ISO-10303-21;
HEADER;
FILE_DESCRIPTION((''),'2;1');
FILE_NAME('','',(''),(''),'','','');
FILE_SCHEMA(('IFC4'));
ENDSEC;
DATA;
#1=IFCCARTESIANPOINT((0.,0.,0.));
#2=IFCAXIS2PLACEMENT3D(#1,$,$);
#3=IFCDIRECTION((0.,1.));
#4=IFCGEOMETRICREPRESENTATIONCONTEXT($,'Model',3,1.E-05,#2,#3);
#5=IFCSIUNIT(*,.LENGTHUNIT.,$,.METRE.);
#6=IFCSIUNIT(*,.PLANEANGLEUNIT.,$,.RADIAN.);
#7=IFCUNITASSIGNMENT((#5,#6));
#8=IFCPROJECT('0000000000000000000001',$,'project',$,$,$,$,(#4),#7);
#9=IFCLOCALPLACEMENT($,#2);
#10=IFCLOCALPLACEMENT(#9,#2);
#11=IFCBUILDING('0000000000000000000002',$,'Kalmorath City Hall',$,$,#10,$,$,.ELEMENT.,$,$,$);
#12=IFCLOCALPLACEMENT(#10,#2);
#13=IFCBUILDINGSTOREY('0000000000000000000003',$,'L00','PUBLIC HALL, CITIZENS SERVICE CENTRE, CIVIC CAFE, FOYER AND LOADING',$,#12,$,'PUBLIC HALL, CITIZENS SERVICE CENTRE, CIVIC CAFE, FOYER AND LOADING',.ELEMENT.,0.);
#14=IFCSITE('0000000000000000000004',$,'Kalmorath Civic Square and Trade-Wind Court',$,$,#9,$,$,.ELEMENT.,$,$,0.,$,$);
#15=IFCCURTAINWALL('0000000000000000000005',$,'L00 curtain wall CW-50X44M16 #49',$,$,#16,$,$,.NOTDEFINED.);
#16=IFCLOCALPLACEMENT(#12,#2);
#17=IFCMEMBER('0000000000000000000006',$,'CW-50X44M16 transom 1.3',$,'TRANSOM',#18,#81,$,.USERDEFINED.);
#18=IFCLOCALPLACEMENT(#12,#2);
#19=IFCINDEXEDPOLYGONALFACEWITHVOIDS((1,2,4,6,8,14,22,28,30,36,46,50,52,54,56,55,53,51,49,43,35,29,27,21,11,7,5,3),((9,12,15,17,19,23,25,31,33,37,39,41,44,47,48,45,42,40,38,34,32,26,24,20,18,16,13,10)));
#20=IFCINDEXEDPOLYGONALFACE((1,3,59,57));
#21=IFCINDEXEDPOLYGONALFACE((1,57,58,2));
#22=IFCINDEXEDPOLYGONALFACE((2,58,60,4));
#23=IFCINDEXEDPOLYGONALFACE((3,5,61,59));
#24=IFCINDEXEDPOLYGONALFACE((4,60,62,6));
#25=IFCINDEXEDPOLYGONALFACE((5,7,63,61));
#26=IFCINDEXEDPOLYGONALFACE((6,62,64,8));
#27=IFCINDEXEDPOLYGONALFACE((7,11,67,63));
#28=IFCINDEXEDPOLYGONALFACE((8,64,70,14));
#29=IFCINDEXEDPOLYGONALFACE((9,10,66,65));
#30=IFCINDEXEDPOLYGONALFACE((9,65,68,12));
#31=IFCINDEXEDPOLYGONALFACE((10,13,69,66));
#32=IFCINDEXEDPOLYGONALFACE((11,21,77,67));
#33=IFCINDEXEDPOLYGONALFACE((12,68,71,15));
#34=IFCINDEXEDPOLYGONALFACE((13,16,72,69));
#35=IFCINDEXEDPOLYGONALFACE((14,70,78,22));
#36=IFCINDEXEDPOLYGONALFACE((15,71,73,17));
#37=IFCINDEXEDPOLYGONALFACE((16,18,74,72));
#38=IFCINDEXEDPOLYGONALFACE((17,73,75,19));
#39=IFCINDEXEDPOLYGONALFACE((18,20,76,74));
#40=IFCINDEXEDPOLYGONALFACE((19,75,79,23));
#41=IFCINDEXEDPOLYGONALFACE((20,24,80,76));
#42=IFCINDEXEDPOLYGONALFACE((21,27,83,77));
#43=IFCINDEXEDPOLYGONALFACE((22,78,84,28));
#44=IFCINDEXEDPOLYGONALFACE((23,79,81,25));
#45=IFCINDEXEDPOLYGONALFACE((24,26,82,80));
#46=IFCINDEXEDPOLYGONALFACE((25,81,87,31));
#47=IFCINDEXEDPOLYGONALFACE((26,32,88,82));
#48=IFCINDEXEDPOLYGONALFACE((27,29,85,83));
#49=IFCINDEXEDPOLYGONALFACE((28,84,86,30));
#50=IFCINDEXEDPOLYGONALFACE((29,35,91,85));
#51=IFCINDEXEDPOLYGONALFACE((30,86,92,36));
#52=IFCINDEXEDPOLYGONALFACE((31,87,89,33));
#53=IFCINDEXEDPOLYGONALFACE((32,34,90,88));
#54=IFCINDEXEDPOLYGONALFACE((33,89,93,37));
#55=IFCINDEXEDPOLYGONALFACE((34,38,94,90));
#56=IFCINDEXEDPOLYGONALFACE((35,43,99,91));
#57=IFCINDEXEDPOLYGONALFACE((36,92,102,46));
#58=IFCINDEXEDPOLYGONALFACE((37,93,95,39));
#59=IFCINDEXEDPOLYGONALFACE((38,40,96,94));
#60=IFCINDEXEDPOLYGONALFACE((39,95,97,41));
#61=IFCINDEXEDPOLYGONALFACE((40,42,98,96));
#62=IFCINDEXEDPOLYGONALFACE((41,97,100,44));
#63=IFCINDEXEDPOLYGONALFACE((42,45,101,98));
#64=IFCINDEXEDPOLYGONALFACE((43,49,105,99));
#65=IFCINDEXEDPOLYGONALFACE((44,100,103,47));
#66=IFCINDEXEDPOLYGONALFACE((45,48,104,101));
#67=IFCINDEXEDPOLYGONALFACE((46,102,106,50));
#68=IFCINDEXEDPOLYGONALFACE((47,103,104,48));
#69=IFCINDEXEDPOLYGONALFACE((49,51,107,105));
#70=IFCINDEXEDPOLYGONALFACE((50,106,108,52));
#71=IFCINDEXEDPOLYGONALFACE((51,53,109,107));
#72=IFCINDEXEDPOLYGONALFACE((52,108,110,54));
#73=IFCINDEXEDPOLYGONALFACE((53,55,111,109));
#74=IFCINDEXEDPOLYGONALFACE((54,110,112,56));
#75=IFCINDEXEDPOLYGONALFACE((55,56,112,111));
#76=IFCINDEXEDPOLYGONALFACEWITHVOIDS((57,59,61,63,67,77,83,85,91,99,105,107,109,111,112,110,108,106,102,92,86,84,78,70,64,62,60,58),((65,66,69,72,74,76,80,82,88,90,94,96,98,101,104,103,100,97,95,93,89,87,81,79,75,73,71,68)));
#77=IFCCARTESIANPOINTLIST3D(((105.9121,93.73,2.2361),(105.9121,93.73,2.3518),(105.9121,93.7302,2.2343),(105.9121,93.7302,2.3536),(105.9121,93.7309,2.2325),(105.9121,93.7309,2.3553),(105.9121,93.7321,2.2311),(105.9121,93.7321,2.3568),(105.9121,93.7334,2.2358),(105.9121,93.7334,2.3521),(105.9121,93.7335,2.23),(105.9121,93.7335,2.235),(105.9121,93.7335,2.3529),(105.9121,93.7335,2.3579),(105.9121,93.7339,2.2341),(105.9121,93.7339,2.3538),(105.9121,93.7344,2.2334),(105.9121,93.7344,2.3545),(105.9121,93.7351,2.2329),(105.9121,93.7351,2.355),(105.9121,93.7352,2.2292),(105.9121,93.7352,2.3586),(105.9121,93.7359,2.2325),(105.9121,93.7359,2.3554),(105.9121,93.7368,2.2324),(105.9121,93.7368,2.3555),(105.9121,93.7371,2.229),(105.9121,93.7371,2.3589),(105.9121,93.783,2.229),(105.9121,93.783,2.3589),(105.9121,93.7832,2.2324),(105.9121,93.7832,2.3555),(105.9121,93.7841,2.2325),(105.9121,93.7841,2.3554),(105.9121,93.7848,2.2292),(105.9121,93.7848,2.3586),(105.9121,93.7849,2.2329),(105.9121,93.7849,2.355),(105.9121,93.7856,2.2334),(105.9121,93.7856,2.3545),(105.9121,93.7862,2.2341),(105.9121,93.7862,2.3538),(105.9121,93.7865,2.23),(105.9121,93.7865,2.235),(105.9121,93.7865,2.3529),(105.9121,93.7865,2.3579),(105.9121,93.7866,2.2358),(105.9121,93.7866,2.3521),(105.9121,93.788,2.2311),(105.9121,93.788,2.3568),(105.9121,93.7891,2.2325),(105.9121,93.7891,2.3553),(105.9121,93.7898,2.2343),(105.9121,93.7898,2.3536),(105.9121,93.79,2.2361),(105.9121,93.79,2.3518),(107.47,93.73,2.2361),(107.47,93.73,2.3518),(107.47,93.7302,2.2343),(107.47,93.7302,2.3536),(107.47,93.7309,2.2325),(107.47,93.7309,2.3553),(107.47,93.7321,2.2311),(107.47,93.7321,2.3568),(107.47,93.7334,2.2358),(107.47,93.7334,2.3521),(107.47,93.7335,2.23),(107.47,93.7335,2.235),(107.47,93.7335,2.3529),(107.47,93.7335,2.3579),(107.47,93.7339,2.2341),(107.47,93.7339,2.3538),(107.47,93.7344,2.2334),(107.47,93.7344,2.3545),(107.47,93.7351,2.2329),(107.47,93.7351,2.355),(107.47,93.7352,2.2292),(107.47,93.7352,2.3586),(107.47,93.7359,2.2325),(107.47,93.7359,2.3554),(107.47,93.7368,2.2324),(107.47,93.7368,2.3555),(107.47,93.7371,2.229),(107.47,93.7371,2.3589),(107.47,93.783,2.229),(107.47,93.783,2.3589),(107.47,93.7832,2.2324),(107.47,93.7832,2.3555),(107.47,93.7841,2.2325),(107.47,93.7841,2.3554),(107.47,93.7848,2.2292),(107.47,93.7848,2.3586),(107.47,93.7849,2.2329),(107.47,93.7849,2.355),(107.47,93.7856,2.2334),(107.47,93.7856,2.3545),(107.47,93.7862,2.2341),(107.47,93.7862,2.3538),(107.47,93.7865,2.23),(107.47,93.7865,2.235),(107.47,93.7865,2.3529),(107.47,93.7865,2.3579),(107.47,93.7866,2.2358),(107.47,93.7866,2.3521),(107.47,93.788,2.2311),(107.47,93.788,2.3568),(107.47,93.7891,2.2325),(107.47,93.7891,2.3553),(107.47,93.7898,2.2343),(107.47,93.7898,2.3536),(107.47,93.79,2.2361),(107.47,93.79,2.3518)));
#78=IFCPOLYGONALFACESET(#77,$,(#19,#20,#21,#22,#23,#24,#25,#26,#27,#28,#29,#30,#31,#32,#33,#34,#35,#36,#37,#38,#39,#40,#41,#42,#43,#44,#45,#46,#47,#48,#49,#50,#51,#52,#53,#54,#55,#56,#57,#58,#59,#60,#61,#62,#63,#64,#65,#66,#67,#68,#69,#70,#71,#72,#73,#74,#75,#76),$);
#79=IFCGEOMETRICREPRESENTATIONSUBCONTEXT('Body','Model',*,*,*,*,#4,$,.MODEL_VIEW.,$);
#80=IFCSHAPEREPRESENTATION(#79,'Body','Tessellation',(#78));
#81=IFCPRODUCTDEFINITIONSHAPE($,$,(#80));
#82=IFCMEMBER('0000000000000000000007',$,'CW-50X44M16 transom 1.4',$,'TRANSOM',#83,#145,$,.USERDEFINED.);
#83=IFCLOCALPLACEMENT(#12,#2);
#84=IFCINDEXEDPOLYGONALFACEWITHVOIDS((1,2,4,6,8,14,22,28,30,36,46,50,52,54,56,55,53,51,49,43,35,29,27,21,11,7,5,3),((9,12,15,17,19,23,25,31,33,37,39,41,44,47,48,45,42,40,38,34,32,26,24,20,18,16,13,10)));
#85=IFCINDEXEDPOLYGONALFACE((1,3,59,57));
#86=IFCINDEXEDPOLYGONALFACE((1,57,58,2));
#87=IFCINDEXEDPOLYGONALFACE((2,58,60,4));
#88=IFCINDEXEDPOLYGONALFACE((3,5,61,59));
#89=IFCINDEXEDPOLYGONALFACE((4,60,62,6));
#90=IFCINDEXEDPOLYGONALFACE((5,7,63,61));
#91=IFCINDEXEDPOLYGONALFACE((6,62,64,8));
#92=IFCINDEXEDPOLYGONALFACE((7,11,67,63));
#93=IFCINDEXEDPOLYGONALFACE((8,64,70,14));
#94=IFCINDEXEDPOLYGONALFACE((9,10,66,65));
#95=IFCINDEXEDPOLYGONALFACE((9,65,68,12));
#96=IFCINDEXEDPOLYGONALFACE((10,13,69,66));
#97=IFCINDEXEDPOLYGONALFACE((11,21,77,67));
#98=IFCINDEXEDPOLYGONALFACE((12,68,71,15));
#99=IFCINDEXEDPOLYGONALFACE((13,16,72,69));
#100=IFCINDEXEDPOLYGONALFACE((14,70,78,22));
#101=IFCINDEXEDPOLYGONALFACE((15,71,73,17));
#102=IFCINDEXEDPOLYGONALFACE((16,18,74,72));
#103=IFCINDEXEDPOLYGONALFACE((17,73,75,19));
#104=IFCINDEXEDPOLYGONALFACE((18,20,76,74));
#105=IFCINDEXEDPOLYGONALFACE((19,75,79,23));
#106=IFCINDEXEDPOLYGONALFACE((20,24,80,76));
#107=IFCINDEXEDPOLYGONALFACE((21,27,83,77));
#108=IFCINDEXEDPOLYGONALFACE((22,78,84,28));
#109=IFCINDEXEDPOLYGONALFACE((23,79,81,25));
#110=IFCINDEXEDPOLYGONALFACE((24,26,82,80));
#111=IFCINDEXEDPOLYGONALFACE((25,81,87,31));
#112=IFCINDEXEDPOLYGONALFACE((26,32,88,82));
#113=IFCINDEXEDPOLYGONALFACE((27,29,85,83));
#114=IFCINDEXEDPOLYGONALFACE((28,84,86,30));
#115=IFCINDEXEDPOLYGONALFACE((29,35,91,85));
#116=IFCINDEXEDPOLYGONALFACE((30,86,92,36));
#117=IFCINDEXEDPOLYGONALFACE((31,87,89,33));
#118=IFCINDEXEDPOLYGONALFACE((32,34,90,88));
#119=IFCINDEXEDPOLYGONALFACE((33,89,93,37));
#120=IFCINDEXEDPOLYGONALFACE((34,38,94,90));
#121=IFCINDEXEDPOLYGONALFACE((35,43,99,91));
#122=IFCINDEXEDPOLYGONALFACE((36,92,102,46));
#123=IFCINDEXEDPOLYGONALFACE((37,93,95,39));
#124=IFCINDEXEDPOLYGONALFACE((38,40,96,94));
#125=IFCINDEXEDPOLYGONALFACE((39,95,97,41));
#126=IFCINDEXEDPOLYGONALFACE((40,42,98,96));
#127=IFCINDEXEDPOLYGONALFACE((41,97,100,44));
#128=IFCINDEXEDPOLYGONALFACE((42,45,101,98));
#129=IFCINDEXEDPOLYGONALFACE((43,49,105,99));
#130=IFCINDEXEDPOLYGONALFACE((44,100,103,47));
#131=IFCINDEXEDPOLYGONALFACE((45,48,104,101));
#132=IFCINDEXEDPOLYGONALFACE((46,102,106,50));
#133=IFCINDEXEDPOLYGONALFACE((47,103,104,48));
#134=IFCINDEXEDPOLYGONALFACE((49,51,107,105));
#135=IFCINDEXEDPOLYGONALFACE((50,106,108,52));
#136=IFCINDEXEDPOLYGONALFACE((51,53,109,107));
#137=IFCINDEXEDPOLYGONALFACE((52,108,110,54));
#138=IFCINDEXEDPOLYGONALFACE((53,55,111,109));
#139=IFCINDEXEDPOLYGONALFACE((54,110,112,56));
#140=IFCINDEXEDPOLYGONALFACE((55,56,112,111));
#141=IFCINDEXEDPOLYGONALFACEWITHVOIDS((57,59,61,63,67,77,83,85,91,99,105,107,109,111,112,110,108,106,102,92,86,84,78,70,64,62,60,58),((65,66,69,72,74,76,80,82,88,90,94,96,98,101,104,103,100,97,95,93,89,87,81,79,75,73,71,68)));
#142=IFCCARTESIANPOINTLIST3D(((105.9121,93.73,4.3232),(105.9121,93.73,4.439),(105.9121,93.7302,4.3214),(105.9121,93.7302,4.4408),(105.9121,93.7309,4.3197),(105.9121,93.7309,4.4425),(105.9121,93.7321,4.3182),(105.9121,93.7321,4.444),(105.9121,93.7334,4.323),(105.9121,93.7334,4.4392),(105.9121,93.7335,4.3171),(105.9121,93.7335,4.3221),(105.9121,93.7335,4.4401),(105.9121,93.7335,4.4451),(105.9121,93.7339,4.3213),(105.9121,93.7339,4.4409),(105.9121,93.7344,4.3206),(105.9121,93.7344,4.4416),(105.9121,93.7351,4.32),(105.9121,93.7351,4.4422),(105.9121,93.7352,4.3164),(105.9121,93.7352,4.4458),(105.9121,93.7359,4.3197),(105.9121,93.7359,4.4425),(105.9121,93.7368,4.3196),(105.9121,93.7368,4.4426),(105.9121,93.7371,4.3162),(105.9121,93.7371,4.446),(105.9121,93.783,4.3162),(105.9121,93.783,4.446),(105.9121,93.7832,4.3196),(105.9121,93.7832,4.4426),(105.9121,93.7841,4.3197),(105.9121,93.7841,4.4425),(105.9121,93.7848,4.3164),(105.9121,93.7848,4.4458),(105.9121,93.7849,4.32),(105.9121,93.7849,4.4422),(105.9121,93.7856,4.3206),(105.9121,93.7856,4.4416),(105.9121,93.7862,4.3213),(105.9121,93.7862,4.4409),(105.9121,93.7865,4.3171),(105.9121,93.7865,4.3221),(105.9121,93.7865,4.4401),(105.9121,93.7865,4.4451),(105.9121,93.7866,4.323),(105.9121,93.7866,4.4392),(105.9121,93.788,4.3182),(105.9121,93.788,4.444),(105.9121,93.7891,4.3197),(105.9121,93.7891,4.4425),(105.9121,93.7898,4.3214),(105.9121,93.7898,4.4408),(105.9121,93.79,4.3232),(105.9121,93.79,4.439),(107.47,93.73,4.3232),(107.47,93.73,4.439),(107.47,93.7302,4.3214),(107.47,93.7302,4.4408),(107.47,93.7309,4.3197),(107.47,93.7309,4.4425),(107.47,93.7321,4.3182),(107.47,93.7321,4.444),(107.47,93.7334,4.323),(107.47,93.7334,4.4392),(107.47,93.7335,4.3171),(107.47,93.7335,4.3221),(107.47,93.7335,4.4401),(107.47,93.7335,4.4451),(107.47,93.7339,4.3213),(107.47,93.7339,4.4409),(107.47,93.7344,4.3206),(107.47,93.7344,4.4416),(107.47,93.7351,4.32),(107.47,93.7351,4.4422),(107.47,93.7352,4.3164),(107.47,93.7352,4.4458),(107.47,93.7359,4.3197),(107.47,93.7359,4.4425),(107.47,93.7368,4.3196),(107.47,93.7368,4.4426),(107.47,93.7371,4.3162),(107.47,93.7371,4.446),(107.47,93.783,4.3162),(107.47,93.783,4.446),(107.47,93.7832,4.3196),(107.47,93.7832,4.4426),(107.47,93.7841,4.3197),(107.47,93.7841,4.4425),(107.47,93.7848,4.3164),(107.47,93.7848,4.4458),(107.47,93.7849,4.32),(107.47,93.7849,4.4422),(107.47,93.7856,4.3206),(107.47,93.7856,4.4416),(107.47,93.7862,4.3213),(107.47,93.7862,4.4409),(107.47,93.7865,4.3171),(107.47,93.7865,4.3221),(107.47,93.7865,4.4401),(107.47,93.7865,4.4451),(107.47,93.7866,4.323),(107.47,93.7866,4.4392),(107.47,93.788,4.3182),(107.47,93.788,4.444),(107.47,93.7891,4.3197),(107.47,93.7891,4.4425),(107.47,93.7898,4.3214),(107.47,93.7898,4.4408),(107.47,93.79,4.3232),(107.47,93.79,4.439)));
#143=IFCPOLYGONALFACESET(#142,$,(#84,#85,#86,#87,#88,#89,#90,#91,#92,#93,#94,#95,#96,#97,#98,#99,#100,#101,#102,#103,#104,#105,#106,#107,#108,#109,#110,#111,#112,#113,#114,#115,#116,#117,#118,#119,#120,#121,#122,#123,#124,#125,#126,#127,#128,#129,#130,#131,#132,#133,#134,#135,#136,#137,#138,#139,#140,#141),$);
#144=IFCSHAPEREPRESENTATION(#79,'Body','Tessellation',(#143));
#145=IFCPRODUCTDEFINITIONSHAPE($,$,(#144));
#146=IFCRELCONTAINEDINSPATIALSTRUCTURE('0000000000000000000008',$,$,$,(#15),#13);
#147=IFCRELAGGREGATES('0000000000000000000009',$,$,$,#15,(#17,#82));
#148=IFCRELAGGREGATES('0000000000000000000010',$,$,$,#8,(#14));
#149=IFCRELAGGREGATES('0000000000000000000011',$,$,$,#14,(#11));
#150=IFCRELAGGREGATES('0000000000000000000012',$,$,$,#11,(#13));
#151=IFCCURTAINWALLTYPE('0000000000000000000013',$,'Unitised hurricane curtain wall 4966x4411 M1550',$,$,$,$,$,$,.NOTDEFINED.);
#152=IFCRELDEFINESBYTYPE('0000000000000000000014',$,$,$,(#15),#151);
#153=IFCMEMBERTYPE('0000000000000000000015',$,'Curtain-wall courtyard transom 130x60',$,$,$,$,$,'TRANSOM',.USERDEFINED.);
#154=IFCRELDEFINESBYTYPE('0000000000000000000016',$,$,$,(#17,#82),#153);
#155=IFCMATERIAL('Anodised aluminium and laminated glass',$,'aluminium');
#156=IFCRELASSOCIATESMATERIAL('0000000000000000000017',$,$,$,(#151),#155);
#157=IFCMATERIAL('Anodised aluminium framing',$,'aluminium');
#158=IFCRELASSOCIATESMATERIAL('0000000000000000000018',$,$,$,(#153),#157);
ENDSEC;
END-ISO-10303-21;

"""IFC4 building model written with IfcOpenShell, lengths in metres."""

from ifc_helpers import new_model, si_unit, direction, frame, origin, origin_2d, place, context, subcontext, project, spatial, hollow_rectangle, extrude, material, material_profile, profile_set, type_object, element, aggregate, save


model = new_model("IFC4")

# Units and contexts
model_context = context("Model", 3, precision=1e-05, world=origin(), true_north=direction((0.0, 1.0)))
body_context = subcontext(model_context, "Body", "Model", "MODEL_VIEW")
ifc_project = project(units=[si_unit("LENGTHUNIT", "METRE"), si_unit("PLANEANGLEUNIT", "RADIAN")], contexts=[model_context])

# Site, building, storey
site_placement = place(None, origin())
site = spatial("IfcSite", under=ifc_project, at=site_placement, Name="Kalmorath Civic Square and Trade-Wind Court", CompositionType="ELEMENT", RefElevation=0.0)
building_placement = place(site_placement, origin())
building = spatial("IfcBuilding", under=site, at=building_placement, Name="Kalmorath City Hall", CompositionType="ELEMENT")
storey_placement = place(building_placement, origin())
storey = spatial("IfcBuildingStorey", under=building, at=storey_placement, Name="L00", Description="PUBLIC HALL, CITIZENS SERVICE CENTRE, CIVIC CAFE, FOYER AND LOADING", LongName="PUBLIC HALL, CITIZENS SERVICE CENTRE, CIVIC CAFE, FOYER AND LOADING", CompositionType="ELEMENT", Elevation=0.0)

# Curtain wall, members
ifc_material_1 = material(Name="Anodised aluminium and laminated glass", Category="aluminium")
curtain_wall_type = type_object("IfcCurtainWallType", Name="Unitised hurricane curtain wall 4966x4411 M1550", PredefinedType="NOTDEFINED", material=ifc_material_1)
curtain_wall_placement = place(storey_placement, origin())
curtain_wall = element("IfcCurtainWall", 1, at=curtain_wall_placement, inside=storey, type_object=curtain_wall_type, Name="L00 curtain wall CW-50X44M16 #49", PredefinedType="NOTDEFINED")
ifc_material_2 = material(Name="Anodised aluminium framing", Category="aluminium")
ifc_material_profile_1 = material_profile(ifc_material_2, hollow_rectangle(XDim=0.0601, YDim=0.1299, WallThickness=0.0034, InnerFilletRadius=0.0034, OuterFilletRadius=0.0071, at=origin_2d()), Name="ALU-TRN-130X60X3.5")
ifc_profile_set_1 = profile_set([ifc_material_profile_1], Name="Anodised aluminium framing")
member_type_1 = type_object("IfcMemberType", Name="Curtain-wall courtyard transom 130x60", ElementType="TRANSOM", PredefinedType="USERDEFINED", material=ifc_profile_set_1)
member_1_placement = place(storey_placement, frame((107.47, 93.76, 2.2939), z_axis=(-1.0, 0.0, 0.0), x_axis=(0.0, -1.0, 0.0)))
member_1 = element("IfcMember", 2, at=member_1_placement, type_object=member_type_1, Name="CW-50X44M16 transom 1.3", ObjectType="TRANSOM", PredefinedType="USERDEFINED", context=body_context, shape_type="SweptSolid", body=[
    extrude(hollow_rectangle(XDim=0.0601, YDim=0.1299, WallThickness=0.0034, InnerFilletRadius=0.0034, OuterFilletRadius=0.0071, at=origin_2d()), origin(), (0.0, 0.0, 1.0), 1.5579),
])
member_2_placement = place(storey_placement, frame((107.47, 93.76, 4.3811), z_axis=(-1.0, 0.0, 0.0), x_axis=(0.0, -1.0, 0.0)))
member_2 = element("IfcMember", 3, at=member_2_placement, type_object=member_type_1, Name="CW-50X44M16 transom 1.4", ObjectType="TRANSOM", PredefinedType="USERDEFINED", context=body_context, shape_type="SweptSolid", body=[
    extrude(hollow_rectangle(XDim=0.0601, YDim=0.1299, WallThickness=0.0034, InnerFilletRadius=0.0034, OuterFilletRadius=0.0071, at=origin_2d()), origin(), (0.0, 0.0, 1.0), 1.5579),
])
aggregate(curtain_wall, [member_1, member_2])

save(model, "model.ifc")
